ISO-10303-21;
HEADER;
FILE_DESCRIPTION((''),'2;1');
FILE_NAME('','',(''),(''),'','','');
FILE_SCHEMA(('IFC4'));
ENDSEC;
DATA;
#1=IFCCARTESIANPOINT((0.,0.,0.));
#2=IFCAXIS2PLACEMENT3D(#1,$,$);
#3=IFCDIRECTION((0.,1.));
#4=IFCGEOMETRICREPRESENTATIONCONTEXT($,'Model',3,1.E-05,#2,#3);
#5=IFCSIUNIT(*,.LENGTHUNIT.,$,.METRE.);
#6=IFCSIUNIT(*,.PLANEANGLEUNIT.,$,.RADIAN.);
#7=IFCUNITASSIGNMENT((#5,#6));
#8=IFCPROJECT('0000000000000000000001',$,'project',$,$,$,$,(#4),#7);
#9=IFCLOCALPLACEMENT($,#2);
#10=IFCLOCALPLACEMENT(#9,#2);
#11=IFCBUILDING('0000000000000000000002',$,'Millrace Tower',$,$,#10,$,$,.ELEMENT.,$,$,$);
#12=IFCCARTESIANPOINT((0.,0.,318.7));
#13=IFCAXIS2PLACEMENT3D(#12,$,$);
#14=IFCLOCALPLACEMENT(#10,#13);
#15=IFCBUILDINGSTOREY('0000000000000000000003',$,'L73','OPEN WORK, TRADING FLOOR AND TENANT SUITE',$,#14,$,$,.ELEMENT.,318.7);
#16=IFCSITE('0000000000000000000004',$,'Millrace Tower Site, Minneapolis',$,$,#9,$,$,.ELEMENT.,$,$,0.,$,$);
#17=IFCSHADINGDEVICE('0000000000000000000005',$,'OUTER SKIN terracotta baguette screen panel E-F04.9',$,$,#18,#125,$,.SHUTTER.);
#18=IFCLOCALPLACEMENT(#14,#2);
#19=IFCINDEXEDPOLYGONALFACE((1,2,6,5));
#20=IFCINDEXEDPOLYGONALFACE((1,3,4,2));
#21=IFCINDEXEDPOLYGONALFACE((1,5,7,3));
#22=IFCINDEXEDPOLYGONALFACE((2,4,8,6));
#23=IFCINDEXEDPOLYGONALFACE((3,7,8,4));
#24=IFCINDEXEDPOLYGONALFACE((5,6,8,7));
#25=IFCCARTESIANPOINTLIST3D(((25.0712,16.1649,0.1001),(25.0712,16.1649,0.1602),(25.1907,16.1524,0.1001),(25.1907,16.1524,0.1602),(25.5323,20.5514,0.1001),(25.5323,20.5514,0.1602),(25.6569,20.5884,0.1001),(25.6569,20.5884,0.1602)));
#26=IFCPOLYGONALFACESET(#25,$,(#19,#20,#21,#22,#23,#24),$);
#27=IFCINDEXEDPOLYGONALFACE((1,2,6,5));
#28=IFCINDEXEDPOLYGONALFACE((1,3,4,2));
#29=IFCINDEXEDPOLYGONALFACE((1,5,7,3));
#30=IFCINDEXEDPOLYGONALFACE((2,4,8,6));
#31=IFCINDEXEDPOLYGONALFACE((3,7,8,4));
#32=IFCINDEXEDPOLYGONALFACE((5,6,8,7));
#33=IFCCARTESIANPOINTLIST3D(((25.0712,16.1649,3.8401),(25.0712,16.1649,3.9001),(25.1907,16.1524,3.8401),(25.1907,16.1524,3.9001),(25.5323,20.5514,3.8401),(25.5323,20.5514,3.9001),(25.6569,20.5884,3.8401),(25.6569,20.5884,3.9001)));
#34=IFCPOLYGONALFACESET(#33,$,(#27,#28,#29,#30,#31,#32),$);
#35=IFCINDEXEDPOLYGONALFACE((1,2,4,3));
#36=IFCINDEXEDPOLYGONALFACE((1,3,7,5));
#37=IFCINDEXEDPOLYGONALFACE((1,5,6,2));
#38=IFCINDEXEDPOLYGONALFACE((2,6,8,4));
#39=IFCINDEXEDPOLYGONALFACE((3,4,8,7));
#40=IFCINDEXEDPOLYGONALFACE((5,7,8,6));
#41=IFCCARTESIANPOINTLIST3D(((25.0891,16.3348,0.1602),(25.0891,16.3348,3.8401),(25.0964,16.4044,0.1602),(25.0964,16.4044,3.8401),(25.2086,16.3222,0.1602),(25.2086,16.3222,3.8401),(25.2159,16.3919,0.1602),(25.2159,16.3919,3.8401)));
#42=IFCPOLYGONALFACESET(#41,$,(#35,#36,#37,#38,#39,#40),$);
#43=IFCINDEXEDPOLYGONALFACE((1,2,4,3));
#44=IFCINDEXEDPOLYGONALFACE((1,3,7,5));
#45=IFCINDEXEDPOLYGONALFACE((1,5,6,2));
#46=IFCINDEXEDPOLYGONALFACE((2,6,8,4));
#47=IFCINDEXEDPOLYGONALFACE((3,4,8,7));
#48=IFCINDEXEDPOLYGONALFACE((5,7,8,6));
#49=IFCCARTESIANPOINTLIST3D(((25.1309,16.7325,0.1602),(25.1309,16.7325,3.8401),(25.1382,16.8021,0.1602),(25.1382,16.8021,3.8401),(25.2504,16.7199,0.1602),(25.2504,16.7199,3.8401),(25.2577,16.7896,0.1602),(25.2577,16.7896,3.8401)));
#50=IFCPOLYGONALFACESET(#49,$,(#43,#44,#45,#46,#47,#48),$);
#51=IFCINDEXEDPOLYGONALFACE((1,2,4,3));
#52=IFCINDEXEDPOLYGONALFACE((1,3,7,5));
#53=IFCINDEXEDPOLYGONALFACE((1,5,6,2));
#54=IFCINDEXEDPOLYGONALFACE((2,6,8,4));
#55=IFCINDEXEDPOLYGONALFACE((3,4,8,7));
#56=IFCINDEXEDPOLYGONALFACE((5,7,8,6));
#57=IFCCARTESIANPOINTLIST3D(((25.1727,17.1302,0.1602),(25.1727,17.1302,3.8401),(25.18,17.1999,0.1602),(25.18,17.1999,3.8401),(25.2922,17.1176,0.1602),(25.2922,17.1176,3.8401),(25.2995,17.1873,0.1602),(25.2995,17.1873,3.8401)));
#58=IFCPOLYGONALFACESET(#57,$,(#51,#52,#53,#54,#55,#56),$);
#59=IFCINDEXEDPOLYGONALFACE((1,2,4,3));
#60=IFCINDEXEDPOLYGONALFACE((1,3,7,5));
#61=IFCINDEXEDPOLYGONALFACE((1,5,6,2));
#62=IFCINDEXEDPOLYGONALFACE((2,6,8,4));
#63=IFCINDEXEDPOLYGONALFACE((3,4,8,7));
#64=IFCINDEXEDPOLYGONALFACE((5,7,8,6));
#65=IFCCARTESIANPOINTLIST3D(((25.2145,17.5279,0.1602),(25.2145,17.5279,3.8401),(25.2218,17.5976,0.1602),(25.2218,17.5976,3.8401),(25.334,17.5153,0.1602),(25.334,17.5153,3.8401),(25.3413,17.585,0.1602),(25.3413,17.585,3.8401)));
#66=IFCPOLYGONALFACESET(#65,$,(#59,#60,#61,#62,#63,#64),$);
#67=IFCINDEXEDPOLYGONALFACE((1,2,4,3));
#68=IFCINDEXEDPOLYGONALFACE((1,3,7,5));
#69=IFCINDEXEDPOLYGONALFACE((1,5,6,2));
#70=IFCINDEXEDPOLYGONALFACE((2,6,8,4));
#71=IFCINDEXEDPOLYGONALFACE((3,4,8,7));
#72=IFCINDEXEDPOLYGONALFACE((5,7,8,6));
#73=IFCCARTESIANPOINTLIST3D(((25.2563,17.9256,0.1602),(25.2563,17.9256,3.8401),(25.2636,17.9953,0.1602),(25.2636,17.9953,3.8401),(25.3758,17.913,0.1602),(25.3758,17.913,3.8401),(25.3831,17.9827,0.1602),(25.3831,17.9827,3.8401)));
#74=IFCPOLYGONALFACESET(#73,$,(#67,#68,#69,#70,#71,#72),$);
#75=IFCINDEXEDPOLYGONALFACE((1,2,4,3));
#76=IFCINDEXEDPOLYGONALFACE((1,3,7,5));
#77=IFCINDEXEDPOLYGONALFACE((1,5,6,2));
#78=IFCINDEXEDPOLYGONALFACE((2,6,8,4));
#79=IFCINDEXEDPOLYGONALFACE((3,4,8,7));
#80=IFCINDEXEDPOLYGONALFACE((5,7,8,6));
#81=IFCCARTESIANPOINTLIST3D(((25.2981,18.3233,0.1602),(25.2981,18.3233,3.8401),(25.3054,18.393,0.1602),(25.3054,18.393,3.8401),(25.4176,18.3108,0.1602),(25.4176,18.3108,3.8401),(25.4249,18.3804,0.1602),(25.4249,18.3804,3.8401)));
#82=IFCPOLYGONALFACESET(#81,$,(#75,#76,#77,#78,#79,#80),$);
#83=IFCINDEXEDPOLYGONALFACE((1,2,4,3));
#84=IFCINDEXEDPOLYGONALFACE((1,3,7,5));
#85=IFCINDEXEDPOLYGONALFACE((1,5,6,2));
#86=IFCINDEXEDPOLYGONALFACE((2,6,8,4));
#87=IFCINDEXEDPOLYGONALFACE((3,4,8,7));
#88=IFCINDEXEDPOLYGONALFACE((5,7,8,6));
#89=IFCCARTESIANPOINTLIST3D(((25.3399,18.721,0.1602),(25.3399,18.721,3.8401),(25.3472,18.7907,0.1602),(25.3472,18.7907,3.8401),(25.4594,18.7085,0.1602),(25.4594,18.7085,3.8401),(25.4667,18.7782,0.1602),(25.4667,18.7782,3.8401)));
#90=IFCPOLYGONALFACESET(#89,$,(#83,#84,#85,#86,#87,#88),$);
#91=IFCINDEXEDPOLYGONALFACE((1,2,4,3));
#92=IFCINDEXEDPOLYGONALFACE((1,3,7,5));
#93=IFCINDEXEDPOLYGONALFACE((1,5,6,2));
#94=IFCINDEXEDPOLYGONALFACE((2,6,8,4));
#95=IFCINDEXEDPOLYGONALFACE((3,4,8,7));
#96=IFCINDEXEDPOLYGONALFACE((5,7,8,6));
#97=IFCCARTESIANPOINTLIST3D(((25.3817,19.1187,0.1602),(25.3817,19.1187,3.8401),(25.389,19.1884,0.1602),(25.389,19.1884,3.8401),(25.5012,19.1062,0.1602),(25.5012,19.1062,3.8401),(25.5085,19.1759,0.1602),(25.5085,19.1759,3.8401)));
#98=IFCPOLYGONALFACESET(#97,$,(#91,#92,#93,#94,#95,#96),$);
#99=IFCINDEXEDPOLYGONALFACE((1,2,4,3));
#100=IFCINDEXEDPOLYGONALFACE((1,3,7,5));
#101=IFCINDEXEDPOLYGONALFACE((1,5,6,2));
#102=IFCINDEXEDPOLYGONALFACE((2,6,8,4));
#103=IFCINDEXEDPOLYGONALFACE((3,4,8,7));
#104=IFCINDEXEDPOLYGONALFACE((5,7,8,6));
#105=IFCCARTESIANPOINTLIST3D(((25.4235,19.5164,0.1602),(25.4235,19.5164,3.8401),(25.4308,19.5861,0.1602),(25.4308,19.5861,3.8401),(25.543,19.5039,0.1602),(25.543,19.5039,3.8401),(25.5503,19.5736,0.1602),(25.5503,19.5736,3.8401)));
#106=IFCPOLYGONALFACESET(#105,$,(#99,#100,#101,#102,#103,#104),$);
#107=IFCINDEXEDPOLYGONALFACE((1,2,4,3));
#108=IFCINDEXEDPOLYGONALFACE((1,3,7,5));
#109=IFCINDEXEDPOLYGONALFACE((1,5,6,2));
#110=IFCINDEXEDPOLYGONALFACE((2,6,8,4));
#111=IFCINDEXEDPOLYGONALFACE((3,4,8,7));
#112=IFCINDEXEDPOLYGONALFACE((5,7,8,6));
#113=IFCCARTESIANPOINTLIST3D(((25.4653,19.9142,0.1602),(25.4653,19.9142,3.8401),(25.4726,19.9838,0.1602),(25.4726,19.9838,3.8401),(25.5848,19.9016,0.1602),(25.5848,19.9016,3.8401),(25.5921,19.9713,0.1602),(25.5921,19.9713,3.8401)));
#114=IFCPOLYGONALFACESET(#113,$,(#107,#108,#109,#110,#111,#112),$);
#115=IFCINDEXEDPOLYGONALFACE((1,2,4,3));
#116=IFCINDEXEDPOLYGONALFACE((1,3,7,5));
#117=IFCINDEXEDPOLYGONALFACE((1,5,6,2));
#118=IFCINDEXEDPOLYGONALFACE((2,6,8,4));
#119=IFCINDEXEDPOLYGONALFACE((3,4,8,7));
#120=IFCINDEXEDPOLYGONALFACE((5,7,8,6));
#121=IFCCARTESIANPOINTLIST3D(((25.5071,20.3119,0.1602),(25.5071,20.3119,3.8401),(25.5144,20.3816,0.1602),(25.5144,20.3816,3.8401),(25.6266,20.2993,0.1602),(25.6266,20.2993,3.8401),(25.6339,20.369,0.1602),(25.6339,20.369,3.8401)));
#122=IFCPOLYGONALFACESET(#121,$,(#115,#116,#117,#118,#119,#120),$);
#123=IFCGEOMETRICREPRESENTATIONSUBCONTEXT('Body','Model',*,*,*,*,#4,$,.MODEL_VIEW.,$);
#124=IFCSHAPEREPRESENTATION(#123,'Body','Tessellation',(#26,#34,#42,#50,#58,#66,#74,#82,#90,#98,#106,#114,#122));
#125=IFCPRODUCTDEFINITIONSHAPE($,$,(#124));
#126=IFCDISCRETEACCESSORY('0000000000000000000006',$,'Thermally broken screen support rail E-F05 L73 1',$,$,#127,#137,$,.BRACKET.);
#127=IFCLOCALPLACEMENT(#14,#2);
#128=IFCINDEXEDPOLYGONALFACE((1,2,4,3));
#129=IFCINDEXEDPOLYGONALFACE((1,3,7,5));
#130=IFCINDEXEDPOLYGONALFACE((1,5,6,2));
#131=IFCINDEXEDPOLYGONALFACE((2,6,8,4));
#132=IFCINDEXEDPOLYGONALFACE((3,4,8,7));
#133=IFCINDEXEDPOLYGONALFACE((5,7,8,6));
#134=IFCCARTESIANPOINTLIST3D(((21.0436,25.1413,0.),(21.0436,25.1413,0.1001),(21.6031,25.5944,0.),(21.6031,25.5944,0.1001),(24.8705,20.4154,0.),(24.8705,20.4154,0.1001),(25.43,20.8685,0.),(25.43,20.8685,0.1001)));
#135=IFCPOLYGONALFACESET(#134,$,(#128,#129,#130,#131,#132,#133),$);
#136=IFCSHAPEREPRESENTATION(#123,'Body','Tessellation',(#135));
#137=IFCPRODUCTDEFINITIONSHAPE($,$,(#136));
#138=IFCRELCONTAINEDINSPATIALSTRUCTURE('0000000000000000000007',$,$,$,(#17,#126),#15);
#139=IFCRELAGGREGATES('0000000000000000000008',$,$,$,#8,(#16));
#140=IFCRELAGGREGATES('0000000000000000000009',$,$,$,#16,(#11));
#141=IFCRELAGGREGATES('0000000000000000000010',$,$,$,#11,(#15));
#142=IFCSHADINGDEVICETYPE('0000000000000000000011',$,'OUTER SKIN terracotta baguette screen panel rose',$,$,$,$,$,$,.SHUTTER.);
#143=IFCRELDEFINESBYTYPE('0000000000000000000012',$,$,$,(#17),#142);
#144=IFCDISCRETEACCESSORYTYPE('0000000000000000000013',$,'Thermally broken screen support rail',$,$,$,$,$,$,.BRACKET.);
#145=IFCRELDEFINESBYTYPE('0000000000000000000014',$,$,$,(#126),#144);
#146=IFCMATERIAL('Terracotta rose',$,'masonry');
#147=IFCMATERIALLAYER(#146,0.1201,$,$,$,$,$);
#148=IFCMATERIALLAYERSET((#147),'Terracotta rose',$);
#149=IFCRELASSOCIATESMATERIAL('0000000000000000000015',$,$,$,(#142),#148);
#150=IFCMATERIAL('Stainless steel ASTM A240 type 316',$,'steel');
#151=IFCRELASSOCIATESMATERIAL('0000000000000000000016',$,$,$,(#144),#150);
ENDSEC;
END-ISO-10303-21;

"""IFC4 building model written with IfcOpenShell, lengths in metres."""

from ifc_helpers import new_model, entity, si_unit, direction, frame, frame_2d, origin, origin_2d, place, context, subcontext, project, spatial, rectangle, extrude, source, transform, mapped, material, layer, layer_set, type_object, element, save


model = new_model("IFC4")

# Units and contexts
model_context = context("Model", 3, precision=1e-05, world=origin(), true_north=direction((0.0, 1.0)))
body_context = subcontext(model_context, "Body", "Model", "MODEL_VIEW")
ifc_project = project(units=[si_unit("LENGTHUNIT", "METRE"), si_unit("PLANEANGLEUNIT", "RADIAN")], contexts=[model_context])

# Site, building, storey
site_placement = place(None, origin())
site = spatial("IfcSite", under=ifc_project, at=site_placement, Name="Millrace Tower Site, Minneapolis", CompositionType="ELEMENT", RefElevation=0.0)
building_placement = place(site_placement, origin())
building = spatial("IfcBuilding", under=site, at=building_placement, Name="Millrace Tower", CompositionType="ELEMENT")
storey_placement = place(building_placement, frame((0.0, 0.0, 318.7)))
storey = spatial("IfcBuildingStorey", under=building, at=storey_placement, Name="L73", Description="OPEN WORK, TRADING FLOOR AND TENANT SUITE", CompositionType="ELEMENT", Elevation=318.7)

# Shading device
ifc_material_1 = material(Name="Terracotta rose", Category="masonry")
ifc_layer_1 = layer(ifc_material_1, 0.1201)
ifc_layer_set_1 = layer_set([ifc_layer_1], Name="Terracotta rose")
shading_device_type = type_object("IfcShadingDeviceType", Name="OUTER SKIN terracotta baguette screen panel rose", PredefinedType="SHUTTER", material=ifc_layer_set_1)
cartesian_point_1 = entity("IfcCartesianPoint", [-2.2178, 0.0601])
shared_polyline_1 = entity("IfcPolyline", [cartesian_point_1, entity("IfcCartesianPoint", [2.1929, 0.0601]), entity("IfcCartesianPoint", [2.2427, -0.0601]), entity("IfcCartesianPoint", [-2.2178, -0.0601]), cartesian_point_1])
shared_shape_1 = source(origin(), body_context, "Body", "SweptSolid", [
    entity("IfcExtrudedAreaSolid", entity("IfcArbitraryClosedProfileDef", "AREA", None, shared_polyline_1), entity("IfcAxis2Placement3D", entity("IfcCartesianPoint", [0.0, 0.0, 0.0])), entity("IfcDirection", [0.0, 0.0, 1.0]), 0.0601),
    entity("IfcExtrudedAreaSolid", entity("IfcArbitraryClosedProfileDef", "AREA", None, shared_polyline_1), entity("IfcAxis2Placement3D", entity("IfcCartesianPoint", [0.0, 0.0, 3.74])), entity("IfcDirection", [0.0, 0.0, 1.0]), 0.0601),
    extrude(rectangle(XDim=0.0701, YDim=0.1201, at=frame_2d((-2.012, 0.0))), frame((0.0, 0.0, 0.0601)), (0.0, 0.0, 1.0), 3.6799),
    extrude(rectangle(XDim=0.0701, YDim=0.1201, at=frame_2d((-1.6121, 0.0))), frame((0.0, 0.0, 0.0601)), (0.0, 0.0, 1.0), 3.6799),
    extrude(rectangle(XDim=0.0701, YDim=0.1201, at=frame_2d((-1.2122, 0.0))), frame((0.0, 0.0, 0.0601)), (0.0, 0.0, 1.0), 3.6799),
    extrude(rectangle(XDim=0.0701, YDim=0.1201, at=frame_2d((-0.8123, 0.0))), frame((0.0, 0.0, 0.0601)), (0.0, 0.0, 1.0), 3.6799),
    extrude(rectangle(XDim=0.0701, YDim=0.1201, at=frame_2d((-0.4124, 0.0))), frame((0.0, 0.0, 0.0601)), (0.0, 0.0, 1.0), 3.6799),
    extrude(rectangle(XDim=0.0701, YDim=0.1201, at=frame_2d((-0.0125, 0.0))), frame((0.0, 0.0, 0.0601)), (0.0, 0.0, 1.0), 3.6799),
    extrude(rectangle(XDim=0.0701, YDim=0.1201, at=frame_2d((0.3875, 0.0))), frame((0.0, 0.0, 0.0601)), (0.0, 0.0, 1.0), 3.6799),
    extrude(rectangle(XDim=0.0701, YDim=0.1201, at=frame_2d((0.7874, 0.0))), frame((0.0, 0.0, 0.0601)), (0.0, 0.0, 1.0), 3.6799),
    extrude(rectangle(XDim=0.0701, YDim=0.1201, at=frame_2d((1.1873, 0.0))), frame((0.0, 0.0, 0.0601)), (0.0, 0.0, 1.0), 3.6799),
    extrude(rectangle(XDim=0.0701, YDim=0.1201, at=frame_2d((1.5872, 0.0))), frame((0.0, 0.0, 0.0601)), (0.0, 0.0, 1.0), 3.6799),
    extrude(rectangle(XDim=0.0701, YDim=0.1201, at=frame_2d((1.9871, 0.0))), frame((0.0, 0.0, 0.0601)), (0.0, 0.0, 1.0), 3.6799),
])
shading_device_1_placement = place(storey_placement, frame((25.3628, 18.3643, 0.1001), z_axis=(0.0, 0.0, 1.0), x_axis=(0.104528, 0.994522, 0.0)))
element("IfcShadingDevice", 1, at=shading_device_1_placement, inside=storey, type_object=shading_device_type, Name="OUTER SKIN terracotta baguette screen panel E-F04.9", PredefinedType="SHUTTER", context=body_context, shape_type="MappedRepresentation", body=[
    mapped(shared_shape_1, transform((0.0, 0.0, 0.0), scale=1.0)),
])

# Discrete accessory
ifc_material_2 = material(Name="Stainless steel ASTM A240 type 316", Category="steel")
discrete_accessory_type = type_object("IfcDiscreteAccessoryType", Name="Thermally broken screen support rail", PredefinedType="BRACKET", material=ifc_material_2)
discrete_accessory_placement = place(storey_placement, frame((23.2368, 23.0049, 0.0), z_axis=(0.0, 0.0, 1.0), x_axis=(-0.62932, 0.777146, 0.0)))
element("IfcDiscreteAccessory", 2, at=discrete_accessory_placement, inside=storey, type_object=discrete_accessory_type, Name="Thermally broken screen support rail E-F05 L73 1", PredefinedType="BRACKET", context=body_context, shape_type="SweptSolid", body=[
    extrude(rectangle(XDim=6.0811, YDim=0.72, at=origin_2d()), origin(), (0.0, 0.0, 1.0), 0.1001),
])

save(model, "model.ifc")
